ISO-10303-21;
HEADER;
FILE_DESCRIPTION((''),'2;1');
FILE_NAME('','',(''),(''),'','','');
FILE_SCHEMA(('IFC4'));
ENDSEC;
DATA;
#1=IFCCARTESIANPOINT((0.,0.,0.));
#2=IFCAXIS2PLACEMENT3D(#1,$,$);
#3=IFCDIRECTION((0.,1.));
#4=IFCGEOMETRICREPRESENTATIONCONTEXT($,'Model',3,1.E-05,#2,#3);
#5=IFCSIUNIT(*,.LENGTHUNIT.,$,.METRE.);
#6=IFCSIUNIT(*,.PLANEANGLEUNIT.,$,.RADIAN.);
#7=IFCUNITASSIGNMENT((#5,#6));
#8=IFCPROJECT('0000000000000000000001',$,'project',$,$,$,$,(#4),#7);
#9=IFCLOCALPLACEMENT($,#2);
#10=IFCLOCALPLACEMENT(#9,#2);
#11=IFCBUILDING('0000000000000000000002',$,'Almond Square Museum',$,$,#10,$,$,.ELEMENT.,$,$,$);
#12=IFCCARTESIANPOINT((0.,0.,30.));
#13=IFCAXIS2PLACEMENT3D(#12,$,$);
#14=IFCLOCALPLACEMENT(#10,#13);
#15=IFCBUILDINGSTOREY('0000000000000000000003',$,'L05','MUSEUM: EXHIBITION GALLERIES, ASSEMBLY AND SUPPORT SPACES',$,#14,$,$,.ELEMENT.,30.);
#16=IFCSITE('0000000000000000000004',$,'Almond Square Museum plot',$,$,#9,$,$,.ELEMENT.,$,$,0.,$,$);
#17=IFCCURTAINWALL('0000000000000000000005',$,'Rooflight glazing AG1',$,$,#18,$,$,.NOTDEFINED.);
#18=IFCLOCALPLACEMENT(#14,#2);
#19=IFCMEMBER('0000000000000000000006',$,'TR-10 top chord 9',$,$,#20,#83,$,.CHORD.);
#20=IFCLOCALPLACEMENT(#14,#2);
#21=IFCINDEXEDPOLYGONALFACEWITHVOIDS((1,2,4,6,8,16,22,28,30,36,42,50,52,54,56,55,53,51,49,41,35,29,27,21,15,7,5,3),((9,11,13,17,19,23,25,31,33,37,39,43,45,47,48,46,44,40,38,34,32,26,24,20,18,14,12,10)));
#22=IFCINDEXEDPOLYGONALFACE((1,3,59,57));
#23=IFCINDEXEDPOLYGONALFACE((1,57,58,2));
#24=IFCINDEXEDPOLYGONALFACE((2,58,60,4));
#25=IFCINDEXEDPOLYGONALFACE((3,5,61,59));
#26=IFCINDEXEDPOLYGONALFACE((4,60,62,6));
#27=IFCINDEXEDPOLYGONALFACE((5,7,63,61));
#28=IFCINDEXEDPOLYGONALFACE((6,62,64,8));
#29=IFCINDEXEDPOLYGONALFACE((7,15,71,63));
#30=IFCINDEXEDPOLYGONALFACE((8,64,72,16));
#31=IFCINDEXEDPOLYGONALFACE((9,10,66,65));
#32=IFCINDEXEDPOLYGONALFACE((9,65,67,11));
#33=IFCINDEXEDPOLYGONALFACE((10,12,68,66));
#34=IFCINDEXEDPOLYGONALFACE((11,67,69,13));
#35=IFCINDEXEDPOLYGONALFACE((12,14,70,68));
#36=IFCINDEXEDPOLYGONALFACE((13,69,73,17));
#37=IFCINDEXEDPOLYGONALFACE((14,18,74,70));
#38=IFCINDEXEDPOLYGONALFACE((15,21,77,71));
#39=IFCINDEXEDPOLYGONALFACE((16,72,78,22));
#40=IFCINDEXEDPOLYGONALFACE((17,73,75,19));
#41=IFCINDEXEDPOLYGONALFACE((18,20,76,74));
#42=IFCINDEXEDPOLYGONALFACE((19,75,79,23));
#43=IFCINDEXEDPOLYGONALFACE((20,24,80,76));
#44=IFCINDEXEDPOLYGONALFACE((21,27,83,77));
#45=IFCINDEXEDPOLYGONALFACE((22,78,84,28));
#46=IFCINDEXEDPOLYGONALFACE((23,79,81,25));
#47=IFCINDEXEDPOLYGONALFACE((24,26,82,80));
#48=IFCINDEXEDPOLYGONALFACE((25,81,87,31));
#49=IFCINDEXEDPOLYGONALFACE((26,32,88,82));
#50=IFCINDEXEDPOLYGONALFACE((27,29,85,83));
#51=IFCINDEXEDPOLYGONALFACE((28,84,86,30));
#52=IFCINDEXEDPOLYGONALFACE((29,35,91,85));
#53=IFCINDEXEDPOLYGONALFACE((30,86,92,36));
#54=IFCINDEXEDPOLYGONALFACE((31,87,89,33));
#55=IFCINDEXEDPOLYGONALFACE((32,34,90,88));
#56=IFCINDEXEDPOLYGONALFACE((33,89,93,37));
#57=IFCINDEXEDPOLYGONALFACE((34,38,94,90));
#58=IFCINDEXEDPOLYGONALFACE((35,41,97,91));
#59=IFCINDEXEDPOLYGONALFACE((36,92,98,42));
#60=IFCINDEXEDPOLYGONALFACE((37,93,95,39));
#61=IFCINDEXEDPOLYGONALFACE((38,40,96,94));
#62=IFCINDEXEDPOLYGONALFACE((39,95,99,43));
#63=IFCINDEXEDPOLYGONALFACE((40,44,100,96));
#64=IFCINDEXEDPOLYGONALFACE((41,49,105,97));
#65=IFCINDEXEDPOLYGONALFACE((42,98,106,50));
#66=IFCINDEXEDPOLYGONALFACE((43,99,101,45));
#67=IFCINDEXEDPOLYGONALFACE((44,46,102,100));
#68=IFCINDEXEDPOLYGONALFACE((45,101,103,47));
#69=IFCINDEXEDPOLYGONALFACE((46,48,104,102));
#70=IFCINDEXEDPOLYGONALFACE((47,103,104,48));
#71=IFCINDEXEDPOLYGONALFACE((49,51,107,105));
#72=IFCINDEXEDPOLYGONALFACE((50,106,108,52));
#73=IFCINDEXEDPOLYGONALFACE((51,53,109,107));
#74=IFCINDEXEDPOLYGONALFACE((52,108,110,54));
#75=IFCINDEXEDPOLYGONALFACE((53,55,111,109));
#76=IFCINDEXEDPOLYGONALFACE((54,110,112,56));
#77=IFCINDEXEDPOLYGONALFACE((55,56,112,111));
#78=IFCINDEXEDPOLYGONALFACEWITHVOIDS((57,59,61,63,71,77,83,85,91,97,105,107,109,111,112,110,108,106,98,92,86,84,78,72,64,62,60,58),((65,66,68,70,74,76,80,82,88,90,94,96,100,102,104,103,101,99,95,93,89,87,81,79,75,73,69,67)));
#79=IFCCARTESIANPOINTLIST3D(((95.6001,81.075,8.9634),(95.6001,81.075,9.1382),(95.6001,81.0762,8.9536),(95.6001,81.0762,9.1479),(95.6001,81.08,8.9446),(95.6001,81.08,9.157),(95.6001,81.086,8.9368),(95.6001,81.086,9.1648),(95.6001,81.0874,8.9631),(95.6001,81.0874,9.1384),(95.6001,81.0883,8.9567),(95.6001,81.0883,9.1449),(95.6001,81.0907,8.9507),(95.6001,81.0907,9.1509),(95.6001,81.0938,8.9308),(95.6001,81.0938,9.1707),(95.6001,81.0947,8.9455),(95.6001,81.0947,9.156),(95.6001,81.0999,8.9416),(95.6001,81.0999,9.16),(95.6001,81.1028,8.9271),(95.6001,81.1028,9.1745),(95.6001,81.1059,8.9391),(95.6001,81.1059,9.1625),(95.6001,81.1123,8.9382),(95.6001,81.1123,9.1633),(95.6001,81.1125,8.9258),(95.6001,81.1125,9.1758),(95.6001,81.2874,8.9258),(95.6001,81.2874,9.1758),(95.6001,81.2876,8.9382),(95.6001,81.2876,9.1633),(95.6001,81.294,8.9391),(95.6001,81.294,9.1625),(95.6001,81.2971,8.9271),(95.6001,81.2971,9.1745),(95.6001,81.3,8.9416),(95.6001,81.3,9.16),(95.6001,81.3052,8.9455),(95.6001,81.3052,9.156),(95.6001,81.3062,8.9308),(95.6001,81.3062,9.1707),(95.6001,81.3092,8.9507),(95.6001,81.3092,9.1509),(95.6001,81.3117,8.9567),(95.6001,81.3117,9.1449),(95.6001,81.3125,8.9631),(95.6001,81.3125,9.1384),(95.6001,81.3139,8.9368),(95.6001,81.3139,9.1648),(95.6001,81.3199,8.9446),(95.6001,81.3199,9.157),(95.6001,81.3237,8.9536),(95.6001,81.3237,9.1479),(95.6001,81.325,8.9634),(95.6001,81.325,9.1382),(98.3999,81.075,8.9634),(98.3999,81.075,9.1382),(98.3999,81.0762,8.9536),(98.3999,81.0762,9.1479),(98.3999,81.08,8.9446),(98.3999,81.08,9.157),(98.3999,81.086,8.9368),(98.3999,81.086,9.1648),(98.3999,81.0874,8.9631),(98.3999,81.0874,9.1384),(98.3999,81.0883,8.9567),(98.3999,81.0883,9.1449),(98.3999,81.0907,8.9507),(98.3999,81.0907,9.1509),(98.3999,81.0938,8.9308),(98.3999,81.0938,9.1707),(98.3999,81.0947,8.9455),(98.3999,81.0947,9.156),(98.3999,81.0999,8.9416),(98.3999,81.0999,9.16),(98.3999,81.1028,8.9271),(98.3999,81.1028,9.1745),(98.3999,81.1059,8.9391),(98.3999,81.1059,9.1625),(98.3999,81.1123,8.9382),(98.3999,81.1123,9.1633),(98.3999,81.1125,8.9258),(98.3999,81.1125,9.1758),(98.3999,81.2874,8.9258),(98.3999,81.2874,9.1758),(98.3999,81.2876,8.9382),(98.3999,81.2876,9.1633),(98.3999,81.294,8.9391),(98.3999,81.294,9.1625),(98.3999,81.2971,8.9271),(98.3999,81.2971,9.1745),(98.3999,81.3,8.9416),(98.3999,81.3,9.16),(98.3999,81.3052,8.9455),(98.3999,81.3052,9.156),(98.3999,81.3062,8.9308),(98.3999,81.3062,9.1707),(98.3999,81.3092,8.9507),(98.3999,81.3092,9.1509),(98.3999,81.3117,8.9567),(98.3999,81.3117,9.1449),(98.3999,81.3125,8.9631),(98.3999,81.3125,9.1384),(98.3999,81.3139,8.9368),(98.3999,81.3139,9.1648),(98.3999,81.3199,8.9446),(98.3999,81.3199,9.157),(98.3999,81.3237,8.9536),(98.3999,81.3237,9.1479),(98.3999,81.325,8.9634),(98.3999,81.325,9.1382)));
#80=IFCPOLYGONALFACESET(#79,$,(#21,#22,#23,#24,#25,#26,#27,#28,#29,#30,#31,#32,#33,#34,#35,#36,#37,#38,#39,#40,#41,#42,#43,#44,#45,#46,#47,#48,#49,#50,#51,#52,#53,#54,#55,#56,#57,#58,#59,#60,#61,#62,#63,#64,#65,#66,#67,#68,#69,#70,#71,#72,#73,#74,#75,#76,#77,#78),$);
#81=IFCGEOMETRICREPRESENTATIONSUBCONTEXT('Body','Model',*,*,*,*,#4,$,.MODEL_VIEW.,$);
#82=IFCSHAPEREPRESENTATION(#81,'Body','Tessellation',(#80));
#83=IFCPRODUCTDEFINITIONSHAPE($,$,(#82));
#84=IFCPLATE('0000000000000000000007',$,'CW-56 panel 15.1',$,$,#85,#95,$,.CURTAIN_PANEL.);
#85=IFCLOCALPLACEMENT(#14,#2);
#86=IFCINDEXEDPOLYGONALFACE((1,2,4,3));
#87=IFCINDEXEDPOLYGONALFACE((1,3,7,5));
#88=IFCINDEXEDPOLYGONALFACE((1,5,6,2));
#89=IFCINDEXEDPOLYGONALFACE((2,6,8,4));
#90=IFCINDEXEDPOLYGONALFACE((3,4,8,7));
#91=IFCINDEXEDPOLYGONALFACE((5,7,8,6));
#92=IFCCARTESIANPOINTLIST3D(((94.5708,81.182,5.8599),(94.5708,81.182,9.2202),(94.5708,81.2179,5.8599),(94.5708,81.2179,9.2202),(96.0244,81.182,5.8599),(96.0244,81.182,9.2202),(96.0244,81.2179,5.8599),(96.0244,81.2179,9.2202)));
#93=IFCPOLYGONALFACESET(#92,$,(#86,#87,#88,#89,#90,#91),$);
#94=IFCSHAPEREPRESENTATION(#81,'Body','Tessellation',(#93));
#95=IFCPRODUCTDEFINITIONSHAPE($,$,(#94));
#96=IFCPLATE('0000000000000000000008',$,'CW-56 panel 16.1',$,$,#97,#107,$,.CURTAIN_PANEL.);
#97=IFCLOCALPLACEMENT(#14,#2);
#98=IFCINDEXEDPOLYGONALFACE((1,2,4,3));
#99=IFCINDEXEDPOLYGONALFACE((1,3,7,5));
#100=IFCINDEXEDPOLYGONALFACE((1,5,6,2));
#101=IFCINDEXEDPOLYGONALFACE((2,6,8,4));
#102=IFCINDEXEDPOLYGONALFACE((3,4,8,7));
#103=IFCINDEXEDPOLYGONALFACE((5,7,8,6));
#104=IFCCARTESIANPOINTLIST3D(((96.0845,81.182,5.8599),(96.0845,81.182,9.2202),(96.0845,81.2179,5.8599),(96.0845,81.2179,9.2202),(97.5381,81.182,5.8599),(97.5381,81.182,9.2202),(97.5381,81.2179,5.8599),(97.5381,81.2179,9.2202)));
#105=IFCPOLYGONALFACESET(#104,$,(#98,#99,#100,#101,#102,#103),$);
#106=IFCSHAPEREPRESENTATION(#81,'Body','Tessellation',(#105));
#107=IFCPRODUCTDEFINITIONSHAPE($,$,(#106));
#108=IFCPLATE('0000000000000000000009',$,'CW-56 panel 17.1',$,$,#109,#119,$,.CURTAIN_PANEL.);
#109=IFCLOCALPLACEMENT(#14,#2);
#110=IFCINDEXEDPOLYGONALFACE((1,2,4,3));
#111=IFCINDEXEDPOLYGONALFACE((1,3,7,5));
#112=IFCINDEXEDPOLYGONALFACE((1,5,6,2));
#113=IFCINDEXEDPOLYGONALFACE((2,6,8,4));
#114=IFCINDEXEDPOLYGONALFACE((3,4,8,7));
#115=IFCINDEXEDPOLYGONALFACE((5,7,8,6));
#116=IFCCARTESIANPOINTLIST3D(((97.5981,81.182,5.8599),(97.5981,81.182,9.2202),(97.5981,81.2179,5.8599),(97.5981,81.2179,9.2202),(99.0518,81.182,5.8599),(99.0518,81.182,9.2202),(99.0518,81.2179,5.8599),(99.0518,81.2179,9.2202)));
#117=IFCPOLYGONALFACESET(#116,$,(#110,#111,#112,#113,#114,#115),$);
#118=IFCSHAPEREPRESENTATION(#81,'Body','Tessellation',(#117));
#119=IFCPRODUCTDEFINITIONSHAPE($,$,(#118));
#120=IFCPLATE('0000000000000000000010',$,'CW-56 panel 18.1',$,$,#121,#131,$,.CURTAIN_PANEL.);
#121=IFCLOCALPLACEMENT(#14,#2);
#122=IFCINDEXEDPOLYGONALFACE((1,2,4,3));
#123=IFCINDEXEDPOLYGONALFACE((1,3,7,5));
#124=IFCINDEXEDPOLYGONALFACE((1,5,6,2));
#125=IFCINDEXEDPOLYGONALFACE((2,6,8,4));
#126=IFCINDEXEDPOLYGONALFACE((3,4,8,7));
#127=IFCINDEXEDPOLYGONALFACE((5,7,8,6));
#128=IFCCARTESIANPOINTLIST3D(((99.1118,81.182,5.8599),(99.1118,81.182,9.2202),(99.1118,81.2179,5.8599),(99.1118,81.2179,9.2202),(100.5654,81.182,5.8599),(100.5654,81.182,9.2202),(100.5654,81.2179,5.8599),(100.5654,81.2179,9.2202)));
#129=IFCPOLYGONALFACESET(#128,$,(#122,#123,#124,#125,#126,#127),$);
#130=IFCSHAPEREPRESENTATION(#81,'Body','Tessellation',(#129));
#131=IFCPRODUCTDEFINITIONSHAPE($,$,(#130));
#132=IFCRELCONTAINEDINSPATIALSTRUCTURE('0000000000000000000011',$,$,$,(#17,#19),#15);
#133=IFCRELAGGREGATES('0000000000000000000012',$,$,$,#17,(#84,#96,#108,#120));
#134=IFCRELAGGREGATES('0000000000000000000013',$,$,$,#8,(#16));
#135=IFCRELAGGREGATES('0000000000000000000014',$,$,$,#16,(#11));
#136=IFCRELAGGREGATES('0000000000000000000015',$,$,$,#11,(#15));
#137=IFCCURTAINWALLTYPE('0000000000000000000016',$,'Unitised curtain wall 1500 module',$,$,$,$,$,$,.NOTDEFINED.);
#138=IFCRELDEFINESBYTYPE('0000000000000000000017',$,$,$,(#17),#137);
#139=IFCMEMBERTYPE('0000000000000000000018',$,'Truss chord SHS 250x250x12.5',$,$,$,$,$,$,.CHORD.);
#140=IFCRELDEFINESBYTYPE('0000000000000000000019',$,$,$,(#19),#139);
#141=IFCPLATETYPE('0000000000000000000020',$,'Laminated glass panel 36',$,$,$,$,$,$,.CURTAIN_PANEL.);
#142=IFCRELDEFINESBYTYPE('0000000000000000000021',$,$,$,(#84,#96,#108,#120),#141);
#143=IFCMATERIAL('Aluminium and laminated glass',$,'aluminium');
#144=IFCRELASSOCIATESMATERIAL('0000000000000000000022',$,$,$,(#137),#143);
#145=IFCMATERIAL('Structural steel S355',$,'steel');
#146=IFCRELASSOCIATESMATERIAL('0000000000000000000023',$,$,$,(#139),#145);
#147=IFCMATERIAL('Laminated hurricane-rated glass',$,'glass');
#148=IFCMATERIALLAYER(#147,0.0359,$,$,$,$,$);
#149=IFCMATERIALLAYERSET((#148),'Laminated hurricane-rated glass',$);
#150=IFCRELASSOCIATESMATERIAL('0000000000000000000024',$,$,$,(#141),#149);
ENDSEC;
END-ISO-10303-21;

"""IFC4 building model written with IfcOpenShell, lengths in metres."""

from ifc_helpers import new_model, si_unit, direction, frame, origin, origin_2d, place, context, subcontext, project, spatial, rectangle, hollow_rectangle, extrude, material, layer, layer_set, material_profile, profile_set, type_object, element, aggregate, save


model = new_model("IFC4")

# Units and contexts
model_context = context("Model", 3, precision=1e-05, world=origin(), true_north=direction((0.0, 1.0)))
body_context = subcontext(model_context, "Body", "Model", "MODEL_VIEW")
ifc_project = project(units=[si_unit("LENGTHUNIT", "METRE"), si_unit("PLANEANGLEUNIT", "RADIAN")], contexts=[model_context])

# Site, building, storey
site_placement = place(None, origin())
site = spatial("IfcSite", under=ifc_project, at=site_placement, Name="Almond Square Museum plot", CompositionType="ELEMENT", RefElevation=0.0)
building_placement = place(site_placement, origin())
building = spatial("IfcBuilding", under=site, at=building_placement, Name="Almond Square Museum", CompositionType="ELEMENT")
storey_placement = place(building_placement, frame((0.0, 0.0, 30.0)))
storey = spatial("IfcBuildingStorey", under=building, at=storey_placement, Name="L05", Description="MUSEUM: EXHIBITION GALLERIES, ASSEMBLY AND SUPPORT SPACES", CompositionType="ELEMENT", Elevation=30.0)

# Curtain wall
ifc_material_1 = material(Name="Aluminium and laminated glass", Category="aluminium")
curtain_wall_type = type_object("IfcCurtainWallType", Name="Unitised curtain wall 1500 module", PredefinedType="NOTDEFINED", material=ifc_material_1)
curtain_wall_placement = place(storey_placement, origin())
curtain_wall = element("IfcCurtainWall", 1, at=curtain_wall_placement, inside=storey, type_object=curtain_wall_type, Name="Rooflight glazing AG1", PredefinedType="NOTDEFINED")

# Member
ifc_material_2 = material(Name="Structural steel S355", Category="steel")
ifc_material_profile_1 = material_profile(ifc_material_2, hollow_rectangle(XDim=0.25, YDim=0.25, WallThickness=0.0125, InnerFilletRadius=0.0249, OuterFilletRadius=0.0376, at=origin_2d()))
ifc_profile_set_1 = profile_set([ifc_material_profile_1], Name="Structural steel S355")
member_type_1 = type_object("IfcMemberType", Name="Truss chord SHS 250x250x12.5", PredefinedType="CHORD", material=ifc_profile_set_1)
member_1_placement = place(storey_placement, frame((95.6001, 81.2, 9.0508), z_axis=(1.0, 0.0, 0.0), x_axis=(0.0, 1.0, 0.0)))
element("IfcMember", 2, at=member_1_placement, inside=storey, type_object=member_type_1, Name="TR-10 top chord 9", PredefinedType="CHORD", context=body_context, shape_type="SweptSolid", body=[
    extrude(hollow_rectangle(XDim=0.25, YDim=0.25, WallThickness=0.0125, InnerFilletRadius=0.0249, OuterFilletRadius=0.0376, at=origin_2d()), origin(), (0.0, 0.0, 1.0), 2.7998),
])

# Plates
ifc_material_3 = material(Name="Laminated hurricane-rated glass", Category="glass")
ifc_layer = layer(ifc_material_3, 0.0359)
ifc_layer_set = layer_set([ifc_layer], Name="Laminated hurricane-rated glass")
plate_type = type_object("IfcPlateType", Name="Laminated glass panel 36", PredefinedType="CURTAIN_PANEL", material=ifc_layer_set)
plate_1_placement = place(storey_placement, frame((95.2976, 81.2, 5.8599), z_axis=(0.0, 0.0, 1.0), x_axis=(1.0, 0.0, 0.0)))
plate_1 = element("IfcPlate", 3, at=plate_1_placement, type_object=plate_type, Name="CW-56 panel 15.1", PredefinedType="CURTAIN_PANEL", context=body_context, shape_type="SweptSolid", body=[
    extrude(rectangle(XDim=1.4536, YDim=0.0359, at=origin_2d()), origin(), (0.0, 0.0, 1.0), 3.3604),
])
plate_2_placement = place(storey_placement, frame((96.8113, 81.2, 5.8599), z_axis=(0.0, 0.0, 1.0), x_axis=(1.0, 0.0, 0.0)))
plate_2 = element("IfcPlate", 4, at=plate_2_placement, type_object=plate_type, Name="CW-56 panel 16.1", PredefinedType="CURTAIN_PANEL", context=body_context, shape_type="SweptSolid", body=[
    extrude(rectangle(XDim=1.4536, YDim=0.0359, at=origin_2d()), origin(), (0.0, 0.0, 1.0), 3.3604),
])
plate_3_placement = place(storey_placement, frame((98.325, 81.2, 5.8599), z_axis=(0.0, 0.0, 1.0), x_axis=(1.0, 0.0, 0.0)))
plate_3 = element("IfcPlate", 5, at=plate_3_placement, type_object=plate_type, Name="CW-56 panel 17.1", PredefinedType="CURTAIN_PANEL", context=body_context, shape_type="SweptSolid", body=[
    extrude(rectangle(XDim=1.4536, YDim=0.0359, at=origin_2d()), origin(), (0.0, 0.0, 1.0), 3.3604),
])
plate_4_placement = place(storey_placement, frame((99.8386, 81.2, 5.8599), z_axis=(0.0, 0.0, 1.0), x_axis=(1.0, 0.0, 0.0)))
plate_4 = element("IfcPlate", 6, at=plate_4_placement, type_object=plate_type, Name="CW-56 panel 18.1", PredefinedType="CURTAIN_PANEL", context=body_context, shape_type="SweptSolid", body=[
    extrude(rectangle(XDim=1.4536, YDim=0.0359, at=origin_2d()), origin(), (0.0, 0.0, 1.0), 3.3604),
])
aggregate(curtain_wall, [plate_1, plate_2, plate_3, plate_4])

save(model, "model.ifc")
